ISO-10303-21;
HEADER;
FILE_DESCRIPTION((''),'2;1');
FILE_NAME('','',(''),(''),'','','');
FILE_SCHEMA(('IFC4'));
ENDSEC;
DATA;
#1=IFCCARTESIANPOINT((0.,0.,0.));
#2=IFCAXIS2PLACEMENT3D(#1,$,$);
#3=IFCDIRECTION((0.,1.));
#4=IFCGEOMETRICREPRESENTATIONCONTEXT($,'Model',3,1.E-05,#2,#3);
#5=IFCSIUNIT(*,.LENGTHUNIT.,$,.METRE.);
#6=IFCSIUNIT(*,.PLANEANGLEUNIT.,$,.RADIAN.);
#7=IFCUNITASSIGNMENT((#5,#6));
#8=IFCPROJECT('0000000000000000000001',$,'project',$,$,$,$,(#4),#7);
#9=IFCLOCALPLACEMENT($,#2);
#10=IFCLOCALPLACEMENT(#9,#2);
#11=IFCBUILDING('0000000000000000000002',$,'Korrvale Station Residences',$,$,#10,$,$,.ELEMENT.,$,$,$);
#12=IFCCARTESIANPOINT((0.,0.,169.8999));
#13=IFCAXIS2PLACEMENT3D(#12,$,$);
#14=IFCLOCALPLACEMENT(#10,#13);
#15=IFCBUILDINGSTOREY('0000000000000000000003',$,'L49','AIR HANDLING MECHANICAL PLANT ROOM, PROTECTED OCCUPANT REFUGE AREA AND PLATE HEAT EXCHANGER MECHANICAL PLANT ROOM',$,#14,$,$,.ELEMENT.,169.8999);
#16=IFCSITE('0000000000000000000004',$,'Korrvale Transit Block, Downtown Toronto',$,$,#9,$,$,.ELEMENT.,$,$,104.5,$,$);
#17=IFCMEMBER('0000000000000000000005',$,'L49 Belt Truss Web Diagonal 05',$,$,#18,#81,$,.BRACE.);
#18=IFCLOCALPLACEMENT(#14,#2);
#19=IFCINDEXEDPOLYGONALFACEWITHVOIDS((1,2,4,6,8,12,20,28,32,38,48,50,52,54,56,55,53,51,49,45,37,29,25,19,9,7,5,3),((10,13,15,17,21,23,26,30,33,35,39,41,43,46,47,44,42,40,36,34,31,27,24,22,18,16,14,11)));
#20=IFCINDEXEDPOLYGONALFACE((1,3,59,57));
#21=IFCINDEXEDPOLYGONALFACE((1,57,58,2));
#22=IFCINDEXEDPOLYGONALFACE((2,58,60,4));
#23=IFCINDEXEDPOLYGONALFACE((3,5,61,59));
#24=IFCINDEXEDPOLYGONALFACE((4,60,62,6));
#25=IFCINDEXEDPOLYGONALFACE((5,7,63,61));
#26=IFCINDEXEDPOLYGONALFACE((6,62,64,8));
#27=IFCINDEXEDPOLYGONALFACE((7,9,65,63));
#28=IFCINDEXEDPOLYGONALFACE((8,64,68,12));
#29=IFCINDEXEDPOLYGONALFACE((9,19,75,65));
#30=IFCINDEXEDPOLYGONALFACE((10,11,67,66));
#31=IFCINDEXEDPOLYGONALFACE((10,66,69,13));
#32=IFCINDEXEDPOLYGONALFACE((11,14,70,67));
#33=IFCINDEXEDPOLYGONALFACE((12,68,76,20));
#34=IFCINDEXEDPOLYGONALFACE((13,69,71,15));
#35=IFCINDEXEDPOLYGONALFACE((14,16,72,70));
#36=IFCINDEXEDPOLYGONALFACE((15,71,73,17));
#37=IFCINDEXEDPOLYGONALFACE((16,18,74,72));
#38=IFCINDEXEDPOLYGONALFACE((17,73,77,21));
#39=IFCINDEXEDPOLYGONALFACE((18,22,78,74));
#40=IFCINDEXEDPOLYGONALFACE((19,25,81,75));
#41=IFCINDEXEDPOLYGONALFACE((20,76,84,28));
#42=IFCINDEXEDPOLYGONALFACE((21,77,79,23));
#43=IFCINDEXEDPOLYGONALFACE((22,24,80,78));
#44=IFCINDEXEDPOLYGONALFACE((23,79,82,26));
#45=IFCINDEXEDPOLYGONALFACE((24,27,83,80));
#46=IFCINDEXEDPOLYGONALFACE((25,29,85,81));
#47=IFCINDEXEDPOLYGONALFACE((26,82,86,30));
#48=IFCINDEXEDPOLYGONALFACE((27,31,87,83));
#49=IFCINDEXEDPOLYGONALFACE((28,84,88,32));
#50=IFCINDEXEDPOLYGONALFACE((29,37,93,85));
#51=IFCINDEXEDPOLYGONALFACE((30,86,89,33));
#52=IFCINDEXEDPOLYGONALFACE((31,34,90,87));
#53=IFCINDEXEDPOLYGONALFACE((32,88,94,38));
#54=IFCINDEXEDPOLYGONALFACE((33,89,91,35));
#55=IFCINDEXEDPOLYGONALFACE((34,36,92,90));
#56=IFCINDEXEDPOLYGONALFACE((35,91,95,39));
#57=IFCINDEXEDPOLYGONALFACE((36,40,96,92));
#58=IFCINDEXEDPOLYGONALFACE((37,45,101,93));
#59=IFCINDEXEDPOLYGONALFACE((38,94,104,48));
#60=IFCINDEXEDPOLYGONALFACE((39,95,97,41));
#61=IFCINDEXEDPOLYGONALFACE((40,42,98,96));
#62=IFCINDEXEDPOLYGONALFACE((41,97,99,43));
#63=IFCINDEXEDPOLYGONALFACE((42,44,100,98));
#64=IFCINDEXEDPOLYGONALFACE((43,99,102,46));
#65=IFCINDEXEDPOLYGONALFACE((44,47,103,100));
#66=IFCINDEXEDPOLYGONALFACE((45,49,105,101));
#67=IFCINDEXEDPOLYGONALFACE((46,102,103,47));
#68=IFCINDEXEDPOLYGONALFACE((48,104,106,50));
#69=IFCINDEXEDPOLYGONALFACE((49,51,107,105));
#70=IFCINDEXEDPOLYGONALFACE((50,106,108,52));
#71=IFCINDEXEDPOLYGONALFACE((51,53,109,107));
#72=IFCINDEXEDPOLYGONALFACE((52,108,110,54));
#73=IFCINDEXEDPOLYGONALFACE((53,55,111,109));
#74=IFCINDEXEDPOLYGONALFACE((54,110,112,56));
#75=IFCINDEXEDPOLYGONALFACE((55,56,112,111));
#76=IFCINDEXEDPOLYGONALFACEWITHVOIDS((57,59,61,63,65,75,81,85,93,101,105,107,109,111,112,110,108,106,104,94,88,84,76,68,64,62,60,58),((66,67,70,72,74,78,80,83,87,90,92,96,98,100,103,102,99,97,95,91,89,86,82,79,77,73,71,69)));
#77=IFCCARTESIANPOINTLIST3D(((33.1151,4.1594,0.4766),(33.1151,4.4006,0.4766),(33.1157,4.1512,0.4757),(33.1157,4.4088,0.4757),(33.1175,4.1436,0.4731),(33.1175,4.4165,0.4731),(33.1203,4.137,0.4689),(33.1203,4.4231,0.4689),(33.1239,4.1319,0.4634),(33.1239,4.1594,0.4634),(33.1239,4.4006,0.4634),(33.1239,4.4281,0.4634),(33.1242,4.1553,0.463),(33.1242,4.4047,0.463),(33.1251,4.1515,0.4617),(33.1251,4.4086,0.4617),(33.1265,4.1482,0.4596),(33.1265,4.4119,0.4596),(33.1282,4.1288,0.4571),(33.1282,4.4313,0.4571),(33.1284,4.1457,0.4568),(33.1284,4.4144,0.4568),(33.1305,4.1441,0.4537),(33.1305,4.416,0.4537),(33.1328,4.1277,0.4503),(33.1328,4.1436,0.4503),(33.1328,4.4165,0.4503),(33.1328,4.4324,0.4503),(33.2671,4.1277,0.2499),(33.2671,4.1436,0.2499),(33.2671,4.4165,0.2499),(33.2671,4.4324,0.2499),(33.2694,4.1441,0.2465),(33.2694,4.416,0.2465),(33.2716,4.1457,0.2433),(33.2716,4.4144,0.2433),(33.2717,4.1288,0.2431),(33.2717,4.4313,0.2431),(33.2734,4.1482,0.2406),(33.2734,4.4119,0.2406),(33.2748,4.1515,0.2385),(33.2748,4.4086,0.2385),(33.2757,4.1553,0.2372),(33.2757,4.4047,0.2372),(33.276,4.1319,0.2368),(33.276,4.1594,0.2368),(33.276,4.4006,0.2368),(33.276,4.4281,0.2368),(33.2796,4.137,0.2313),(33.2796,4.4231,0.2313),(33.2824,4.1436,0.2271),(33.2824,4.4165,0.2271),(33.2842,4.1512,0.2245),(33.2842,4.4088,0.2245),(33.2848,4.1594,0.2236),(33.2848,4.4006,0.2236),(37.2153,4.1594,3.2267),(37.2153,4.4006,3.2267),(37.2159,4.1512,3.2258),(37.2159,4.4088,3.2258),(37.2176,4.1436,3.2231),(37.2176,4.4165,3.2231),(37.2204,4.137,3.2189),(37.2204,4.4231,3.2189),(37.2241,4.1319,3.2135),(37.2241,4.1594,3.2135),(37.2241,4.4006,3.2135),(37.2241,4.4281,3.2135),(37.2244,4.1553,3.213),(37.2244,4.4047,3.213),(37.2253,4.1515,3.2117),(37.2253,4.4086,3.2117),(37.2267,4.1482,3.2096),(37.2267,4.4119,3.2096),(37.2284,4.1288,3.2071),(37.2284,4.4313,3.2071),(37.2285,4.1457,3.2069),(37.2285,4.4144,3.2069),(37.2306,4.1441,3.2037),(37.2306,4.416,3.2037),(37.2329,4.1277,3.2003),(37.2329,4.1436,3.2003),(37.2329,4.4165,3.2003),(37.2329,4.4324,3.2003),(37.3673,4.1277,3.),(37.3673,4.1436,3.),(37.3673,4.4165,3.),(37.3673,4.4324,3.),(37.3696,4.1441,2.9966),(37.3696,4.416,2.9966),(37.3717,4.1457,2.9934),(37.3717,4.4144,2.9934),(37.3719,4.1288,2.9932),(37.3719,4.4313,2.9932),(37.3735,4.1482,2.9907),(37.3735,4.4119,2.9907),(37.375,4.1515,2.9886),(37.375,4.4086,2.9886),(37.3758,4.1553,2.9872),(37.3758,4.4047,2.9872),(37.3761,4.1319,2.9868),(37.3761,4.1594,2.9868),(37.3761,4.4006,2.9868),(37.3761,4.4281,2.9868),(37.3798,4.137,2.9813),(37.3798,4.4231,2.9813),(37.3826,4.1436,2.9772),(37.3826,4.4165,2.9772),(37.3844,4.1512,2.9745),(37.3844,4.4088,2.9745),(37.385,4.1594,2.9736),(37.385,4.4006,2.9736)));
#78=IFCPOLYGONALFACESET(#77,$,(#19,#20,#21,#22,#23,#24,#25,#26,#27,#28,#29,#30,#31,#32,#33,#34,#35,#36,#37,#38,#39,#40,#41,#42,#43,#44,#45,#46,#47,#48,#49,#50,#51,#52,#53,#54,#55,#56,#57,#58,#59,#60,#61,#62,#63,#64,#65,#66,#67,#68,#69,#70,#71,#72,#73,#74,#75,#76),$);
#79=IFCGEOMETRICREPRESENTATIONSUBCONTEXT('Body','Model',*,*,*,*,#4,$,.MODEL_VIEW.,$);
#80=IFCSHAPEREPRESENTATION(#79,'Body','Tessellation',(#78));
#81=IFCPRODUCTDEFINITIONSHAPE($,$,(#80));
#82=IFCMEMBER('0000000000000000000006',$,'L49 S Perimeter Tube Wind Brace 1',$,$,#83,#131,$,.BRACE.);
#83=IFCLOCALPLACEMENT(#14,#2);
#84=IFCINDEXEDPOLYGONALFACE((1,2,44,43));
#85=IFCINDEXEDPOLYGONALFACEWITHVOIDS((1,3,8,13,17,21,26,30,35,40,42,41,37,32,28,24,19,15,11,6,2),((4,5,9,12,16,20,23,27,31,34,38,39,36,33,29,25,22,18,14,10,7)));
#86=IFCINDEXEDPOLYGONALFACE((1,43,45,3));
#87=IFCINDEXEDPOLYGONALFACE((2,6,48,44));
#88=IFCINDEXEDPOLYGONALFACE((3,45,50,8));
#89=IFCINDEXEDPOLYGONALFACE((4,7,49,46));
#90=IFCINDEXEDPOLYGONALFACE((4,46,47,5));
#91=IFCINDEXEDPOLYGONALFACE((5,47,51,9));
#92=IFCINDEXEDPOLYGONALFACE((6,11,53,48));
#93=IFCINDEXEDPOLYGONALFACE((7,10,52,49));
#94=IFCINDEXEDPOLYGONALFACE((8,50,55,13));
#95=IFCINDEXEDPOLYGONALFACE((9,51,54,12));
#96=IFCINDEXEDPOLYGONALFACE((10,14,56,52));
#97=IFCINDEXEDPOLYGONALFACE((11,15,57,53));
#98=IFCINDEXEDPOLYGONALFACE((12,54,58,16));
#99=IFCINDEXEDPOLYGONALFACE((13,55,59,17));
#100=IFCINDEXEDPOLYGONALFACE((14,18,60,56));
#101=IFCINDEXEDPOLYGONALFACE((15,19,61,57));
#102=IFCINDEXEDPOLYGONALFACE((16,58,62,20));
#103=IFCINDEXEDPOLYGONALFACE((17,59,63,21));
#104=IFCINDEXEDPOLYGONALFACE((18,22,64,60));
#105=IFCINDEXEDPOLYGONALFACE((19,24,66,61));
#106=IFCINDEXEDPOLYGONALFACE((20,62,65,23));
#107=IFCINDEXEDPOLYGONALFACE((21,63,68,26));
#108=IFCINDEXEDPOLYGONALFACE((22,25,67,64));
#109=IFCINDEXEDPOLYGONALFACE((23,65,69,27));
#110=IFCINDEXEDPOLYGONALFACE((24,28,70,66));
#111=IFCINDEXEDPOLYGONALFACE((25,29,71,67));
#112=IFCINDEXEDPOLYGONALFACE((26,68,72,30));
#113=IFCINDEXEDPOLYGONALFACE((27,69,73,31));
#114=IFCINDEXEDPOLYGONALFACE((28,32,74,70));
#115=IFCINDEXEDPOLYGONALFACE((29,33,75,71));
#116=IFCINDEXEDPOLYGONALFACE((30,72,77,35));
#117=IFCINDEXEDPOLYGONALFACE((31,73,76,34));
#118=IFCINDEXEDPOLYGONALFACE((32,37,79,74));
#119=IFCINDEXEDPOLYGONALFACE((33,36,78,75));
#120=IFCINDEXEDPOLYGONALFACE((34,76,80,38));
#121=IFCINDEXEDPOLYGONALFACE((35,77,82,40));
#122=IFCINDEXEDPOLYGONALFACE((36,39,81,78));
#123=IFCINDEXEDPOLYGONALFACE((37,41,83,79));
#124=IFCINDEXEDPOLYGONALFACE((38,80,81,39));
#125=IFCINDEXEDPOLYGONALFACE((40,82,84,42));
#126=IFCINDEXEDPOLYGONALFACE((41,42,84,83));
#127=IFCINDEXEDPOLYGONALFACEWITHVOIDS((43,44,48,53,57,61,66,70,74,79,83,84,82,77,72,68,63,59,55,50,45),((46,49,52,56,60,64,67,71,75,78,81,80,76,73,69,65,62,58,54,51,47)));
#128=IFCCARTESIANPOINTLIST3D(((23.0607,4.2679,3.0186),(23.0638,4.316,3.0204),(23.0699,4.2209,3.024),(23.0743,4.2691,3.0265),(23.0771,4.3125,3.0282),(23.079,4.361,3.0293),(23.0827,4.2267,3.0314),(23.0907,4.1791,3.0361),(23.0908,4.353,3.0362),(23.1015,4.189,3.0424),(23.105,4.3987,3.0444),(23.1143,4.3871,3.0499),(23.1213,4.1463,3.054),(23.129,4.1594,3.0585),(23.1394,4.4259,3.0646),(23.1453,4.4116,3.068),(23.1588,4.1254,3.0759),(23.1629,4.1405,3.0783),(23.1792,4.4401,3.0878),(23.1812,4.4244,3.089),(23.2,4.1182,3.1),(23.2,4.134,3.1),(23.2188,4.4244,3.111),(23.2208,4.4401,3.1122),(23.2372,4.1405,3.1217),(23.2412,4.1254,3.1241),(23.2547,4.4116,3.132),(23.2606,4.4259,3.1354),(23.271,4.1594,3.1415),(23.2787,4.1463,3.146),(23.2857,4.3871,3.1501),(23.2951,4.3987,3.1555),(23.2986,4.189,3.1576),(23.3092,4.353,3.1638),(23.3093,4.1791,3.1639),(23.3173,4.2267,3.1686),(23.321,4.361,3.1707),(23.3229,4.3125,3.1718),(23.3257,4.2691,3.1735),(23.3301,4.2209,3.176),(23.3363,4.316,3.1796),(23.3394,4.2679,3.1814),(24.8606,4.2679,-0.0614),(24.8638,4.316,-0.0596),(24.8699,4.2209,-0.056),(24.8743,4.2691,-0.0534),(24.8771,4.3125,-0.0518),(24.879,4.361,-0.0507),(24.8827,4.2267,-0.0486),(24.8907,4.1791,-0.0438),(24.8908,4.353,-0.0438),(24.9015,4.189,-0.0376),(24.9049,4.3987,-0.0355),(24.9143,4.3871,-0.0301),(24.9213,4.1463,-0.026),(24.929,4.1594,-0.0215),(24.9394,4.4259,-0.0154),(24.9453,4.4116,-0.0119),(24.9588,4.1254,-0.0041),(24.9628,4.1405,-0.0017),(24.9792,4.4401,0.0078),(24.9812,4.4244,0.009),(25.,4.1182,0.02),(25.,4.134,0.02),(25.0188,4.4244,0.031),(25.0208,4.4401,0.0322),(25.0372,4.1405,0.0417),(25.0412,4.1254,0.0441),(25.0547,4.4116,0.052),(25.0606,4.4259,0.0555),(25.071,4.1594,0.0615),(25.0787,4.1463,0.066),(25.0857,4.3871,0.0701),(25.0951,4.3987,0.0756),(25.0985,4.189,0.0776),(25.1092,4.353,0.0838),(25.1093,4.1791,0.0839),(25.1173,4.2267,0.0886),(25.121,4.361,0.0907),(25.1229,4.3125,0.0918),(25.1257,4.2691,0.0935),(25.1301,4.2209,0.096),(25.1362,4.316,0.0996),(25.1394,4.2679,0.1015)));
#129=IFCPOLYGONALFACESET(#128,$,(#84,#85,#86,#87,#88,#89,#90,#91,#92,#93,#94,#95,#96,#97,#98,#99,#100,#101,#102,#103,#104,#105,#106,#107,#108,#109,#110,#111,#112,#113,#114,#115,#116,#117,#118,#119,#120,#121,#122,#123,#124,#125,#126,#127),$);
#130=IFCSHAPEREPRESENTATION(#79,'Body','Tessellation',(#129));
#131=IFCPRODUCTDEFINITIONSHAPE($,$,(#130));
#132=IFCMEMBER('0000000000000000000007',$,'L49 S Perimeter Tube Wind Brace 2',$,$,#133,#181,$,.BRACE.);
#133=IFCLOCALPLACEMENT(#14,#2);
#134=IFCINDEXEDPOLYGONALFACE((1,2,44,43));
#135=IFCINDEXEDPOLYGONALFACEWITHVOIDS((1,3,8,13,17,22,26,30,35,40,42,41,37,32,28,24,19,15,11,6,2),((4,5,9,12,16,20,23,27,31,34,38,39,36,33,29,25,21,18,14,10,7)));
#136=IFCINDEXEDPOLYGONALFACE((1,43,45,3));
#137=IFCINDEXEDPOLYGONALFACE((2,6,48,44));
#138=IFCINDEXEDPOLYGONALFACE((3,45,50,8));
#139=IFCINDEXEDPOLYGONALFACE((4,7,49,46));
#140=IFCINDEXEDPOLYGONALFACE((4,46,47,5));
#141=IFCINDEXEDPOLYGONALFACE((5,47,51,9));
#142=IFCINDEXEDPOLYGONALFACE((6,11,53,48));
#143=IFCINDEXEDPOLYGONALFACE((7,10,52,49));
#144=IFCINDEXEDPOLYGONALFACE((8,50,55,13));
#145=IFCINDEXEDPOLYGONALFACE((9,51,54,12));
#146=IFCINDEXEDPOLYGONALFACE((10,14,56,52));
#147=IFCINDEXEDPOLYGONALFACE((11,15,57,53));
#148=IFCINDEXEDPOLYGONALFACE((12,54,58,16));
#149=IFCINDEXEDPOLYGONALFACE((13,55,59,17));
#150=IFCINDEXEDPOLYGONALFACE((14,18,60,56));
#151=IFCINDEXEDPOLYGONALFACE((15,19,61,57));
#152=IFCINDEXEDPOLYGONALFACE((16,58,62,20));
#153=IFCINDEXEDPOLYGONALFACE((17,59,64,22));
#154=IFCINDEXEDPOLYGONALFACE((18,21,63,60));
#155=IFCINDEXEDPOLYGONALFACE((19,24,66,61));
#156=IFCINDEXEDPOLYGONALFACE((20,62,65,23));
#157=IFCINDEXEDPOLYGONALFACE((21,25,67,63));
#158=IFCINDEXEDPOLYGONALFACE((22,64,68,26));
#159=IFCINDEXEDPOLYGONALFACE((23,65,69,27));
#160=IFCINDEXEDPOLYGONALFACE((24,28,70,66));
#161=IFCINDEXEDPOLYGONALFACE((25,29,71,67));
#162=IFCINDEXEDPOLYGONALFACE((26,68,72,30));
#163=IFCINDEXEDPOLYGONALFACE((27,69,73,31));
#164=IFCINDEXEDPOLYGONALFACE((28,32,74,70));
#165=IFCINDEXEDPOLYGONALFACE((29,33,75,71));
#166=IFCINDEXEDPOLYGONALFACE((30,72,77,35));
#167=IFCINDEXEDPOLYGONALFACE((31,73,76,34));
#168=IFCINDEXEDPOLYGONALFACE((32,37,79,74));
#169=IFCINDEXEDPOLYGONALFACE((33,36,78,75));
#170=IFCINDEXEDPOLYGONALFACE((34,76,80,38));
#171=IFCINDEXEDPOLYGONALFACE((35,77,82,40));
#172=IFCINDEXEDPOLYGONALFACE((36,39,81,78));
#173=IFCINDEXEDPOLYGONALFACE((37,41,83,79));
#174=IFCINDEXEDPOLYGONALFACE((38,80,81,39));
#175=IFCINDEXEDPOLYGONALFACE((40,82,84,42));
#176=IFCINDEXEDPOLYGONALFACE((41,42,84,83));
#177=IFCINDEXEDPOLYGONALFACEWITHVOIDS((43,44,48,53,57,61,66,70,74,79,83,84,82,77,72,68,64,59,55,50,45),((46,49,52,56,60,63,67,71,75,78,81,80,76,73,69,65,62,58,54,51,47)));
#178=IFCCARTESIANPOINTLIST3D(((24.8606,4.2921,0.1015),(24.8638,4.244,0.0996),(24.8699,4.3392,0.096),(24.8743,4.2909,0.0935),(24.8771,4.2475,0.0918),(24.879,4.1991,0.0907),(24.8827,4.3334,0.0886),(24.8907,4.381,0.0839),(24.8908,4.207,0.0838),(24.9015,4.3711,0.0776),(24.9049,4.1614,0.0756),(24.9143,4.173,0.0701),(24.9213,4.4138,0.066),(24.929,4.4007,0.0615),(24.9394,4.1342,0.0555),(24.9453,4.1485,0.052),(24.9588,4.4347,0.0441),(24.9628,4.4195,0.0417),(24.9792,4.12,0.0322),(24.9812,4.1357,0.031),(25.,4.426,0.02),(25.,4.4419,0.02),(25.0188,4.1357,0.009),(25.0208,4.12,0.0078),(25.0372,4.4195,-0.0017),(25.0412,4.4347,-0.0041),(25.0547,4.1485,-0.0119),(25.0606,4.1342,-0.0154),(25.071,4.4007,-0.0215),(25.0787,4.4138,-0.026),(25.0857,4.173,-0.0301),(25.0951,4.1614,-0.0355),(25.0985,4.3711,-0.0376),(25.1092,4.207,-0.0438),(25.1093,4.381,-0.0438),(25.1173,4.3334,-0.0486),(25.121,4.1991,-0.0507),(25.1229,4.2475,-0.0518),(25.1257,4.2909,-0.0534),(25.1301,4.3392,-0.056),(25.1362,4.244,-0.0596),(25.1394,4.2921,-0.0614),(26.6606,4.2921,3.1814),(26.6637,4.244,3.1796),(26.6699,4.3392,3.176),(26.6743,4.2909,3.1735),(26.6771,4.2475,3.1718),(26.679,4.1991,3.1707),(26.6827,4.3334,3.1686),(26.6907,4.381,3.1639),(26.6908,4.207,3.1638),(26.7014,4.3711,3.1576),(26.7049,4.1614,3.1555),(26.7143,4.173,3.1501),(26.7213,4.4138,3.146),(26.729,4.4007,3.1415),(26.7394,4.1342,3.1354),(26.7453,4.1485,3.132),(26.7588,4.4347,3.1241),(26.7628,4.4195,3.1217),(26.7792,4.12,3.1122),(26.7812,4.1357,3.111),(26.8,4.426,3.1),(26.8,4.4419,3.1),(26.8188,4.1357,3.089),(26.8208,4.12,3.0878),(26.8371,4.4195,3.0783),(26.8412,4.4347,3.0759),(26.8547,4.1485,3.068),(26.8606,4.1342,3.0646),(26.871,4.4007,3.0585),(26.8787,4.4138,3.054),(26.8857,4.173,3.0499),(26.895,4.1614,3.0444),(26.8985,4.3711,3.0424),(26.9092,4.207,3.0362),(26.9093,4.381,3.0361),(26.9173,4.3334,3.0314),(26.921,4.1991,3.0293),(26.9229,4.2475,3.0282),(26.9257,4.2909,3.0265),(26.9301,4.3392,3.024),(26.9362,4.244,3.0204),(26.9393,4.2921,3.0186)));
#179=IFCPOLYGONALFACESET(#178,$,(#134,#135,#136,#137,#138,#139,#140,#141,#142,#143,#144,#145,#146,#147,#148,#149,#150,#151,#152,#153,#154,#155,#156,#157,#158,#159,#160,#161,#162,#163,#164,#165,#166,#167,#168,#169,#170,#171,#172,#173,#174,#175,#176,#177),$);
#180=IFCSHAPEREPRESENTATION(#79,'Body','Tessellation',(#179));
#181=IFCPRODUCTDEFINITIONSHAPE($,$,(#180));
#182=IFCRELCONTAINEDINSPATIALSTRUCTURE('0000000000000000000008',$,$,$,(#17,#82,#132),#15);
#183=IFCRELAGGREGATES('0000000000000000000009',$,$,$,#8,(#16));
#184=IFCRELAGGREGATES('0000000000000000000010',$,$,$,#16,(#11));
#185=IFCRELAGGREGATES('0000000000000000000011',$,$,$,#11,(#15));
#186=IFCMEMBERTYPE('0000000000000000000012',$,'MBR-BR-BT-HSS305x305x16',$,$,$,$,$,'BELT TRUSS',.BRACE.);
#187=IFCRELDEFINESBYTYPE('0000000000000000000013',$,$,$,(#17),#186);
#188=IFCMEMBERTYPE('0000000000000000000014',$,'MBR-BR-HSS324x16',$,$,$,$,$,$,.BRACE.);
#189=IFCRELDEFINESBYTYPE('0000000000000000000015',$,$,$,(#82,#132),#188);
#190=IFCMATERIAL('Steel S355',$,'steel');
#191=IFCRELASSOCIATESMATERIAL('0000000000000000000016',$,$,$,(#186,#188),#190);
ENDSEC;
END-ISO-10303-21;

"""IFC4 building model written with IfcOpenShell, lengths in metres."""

from ifc_helpers import new_model, si_unit, direction, frame, origin, origin_2d, place, context, subcontext, project, spatial, hollow_rectangle, hollow_circle, extrude, material, material_profile, profile_set, type_object, element, save


model = new_model("IFC4")

# Units and contexts
model_context = context("Model", 3, precision=1e-05, world=origin(), true_north=direction((0.0, 1.0)))
body_context = subcontext(model_context, "Body", "Model", "MODEL_VIEW")
ifc_project = project(units=[si_unit("LENGTHUNIT", "METRE"), si_unit("PLANEANGLEUNIT", "RADIAN")], contexts=[model_context])

# Site, building, storey
site_placement = place(None, origin())
site = spatial("IfcSite", under=ifc_project, at=site_placement, Name="Korrvale Transit Block, Downtown Toronto", CompositionType="ELEMENT", RefElevation=104.5)
building_placement = place(site_placement, origin())
building = spatial("IfcBuilding", under=site, at=building_placement, Name="Korrvale Station Residences", CompositionType="ELEMENT")
storey_placement = place(building_placement, frame((0.0, 0.0, 169.8999)))
storey = spatial("IfcBuildingStorey", under=building, at=storey_placement, Name="L49", Description="AIR HANDLING MECHANICAL PLANT ROOM, PROTECTED OCCUPANT REFUGE AREA AND PLATE HEAT EXCHANGER MECHANICAL PLANT ROOM", CompositionType="ELEMENT", Elevation=169.8999)

# Members
ifc_material_1 = material(Name="Steel S355", Category="steel")
ifc_material_profile_1 = material_profile(ifc_material_1, hollow_rectangle(XDim=0.3047, YDim=0.3047, WallThickness=0.0159, InnerFilletRadius=0.0159, OuterFilletRadius=0.0317, at=origin_2d()), Name="HSS305x305x16")
ifc_profile_set_1 = profile_set([ifc_material_profile_1], Name="Steel S355")
member_type_1 = type_object("IfcMemberType", Name="MBR-BR-BT-HSS305x305x16", ElementType="BELT TRUSS", PredefinedType="BRACE", material=ifc_profile_set_1)
member_1_placement = place(storey_placement, frame((33.2, 4.28, 0.3501), z_axis=(0.830495, 0.0, 0.557026), x_axis=(0.0, 1.0, 0.0)))
element("IfcMember", 1, at=member_1_placement, inside=storey, type_object=member_type_1, Name="L49 Belt Truss Web Diagonal 05", PredefinedType="BRACE", context=body_context, shape_type="SweptSolid", body=[
    extrude(hollow_rectangle(XDim=0.3047, YDim=0.3047, WallThickness=0.0159, InnerFilletRadius=0.0159, OuterFilletRadius=0.0317, at=origin_2d()), origin(), (0.0, 0.0, 1.0), 4.937),
])
ifc_material_profile_2 = material_profile(ifc_material_1, hollow_circle(Radius=0.1619, WallThickness=0.0159, at=origin_2d()), Name="HSS324x16")
ifc_profile_set_2 = profile_set([ifc_material_profile_2], Name="Steel S355")
member_type_2 = type_object("IfcMemberType", Name="MBR-BR-HSS324x16", PredefinedType="BRACE", material=ifc_profile_set_2)
for number, where, z_axis, x_axis, name in (
    (2, (25.0, 4.28, 0.02), (-0.504569, 0.0, 0.863372), (0.0, -1.0, 0.0), "L49 S Perimeter Tube Wind Brace 1"),
    (3, (25.0, 4.28, 0.02), (0.504569, 0.0, 0.863372), (0.0, 1.0, 0.0), "L49 S Perimeter Tube Wind Brace 2"),
):
    element("IfcMember", number, at=place(storey_placement, frame(where, z_axis=z_axis, x_axis=x_axis)), inside=storey, type_object=member_type_2, Name=name, PredefinedType="BRACE", context=body_context, shape_type="SweptSolid", body=[
        extrude(hollow_circle(Radius=0.1619, WallThickness=0.0159, at=origin_2d()), origin(), (0.0, 0.0, 1.0), 3.5674),
    ])

save(model, "model.ifc")
